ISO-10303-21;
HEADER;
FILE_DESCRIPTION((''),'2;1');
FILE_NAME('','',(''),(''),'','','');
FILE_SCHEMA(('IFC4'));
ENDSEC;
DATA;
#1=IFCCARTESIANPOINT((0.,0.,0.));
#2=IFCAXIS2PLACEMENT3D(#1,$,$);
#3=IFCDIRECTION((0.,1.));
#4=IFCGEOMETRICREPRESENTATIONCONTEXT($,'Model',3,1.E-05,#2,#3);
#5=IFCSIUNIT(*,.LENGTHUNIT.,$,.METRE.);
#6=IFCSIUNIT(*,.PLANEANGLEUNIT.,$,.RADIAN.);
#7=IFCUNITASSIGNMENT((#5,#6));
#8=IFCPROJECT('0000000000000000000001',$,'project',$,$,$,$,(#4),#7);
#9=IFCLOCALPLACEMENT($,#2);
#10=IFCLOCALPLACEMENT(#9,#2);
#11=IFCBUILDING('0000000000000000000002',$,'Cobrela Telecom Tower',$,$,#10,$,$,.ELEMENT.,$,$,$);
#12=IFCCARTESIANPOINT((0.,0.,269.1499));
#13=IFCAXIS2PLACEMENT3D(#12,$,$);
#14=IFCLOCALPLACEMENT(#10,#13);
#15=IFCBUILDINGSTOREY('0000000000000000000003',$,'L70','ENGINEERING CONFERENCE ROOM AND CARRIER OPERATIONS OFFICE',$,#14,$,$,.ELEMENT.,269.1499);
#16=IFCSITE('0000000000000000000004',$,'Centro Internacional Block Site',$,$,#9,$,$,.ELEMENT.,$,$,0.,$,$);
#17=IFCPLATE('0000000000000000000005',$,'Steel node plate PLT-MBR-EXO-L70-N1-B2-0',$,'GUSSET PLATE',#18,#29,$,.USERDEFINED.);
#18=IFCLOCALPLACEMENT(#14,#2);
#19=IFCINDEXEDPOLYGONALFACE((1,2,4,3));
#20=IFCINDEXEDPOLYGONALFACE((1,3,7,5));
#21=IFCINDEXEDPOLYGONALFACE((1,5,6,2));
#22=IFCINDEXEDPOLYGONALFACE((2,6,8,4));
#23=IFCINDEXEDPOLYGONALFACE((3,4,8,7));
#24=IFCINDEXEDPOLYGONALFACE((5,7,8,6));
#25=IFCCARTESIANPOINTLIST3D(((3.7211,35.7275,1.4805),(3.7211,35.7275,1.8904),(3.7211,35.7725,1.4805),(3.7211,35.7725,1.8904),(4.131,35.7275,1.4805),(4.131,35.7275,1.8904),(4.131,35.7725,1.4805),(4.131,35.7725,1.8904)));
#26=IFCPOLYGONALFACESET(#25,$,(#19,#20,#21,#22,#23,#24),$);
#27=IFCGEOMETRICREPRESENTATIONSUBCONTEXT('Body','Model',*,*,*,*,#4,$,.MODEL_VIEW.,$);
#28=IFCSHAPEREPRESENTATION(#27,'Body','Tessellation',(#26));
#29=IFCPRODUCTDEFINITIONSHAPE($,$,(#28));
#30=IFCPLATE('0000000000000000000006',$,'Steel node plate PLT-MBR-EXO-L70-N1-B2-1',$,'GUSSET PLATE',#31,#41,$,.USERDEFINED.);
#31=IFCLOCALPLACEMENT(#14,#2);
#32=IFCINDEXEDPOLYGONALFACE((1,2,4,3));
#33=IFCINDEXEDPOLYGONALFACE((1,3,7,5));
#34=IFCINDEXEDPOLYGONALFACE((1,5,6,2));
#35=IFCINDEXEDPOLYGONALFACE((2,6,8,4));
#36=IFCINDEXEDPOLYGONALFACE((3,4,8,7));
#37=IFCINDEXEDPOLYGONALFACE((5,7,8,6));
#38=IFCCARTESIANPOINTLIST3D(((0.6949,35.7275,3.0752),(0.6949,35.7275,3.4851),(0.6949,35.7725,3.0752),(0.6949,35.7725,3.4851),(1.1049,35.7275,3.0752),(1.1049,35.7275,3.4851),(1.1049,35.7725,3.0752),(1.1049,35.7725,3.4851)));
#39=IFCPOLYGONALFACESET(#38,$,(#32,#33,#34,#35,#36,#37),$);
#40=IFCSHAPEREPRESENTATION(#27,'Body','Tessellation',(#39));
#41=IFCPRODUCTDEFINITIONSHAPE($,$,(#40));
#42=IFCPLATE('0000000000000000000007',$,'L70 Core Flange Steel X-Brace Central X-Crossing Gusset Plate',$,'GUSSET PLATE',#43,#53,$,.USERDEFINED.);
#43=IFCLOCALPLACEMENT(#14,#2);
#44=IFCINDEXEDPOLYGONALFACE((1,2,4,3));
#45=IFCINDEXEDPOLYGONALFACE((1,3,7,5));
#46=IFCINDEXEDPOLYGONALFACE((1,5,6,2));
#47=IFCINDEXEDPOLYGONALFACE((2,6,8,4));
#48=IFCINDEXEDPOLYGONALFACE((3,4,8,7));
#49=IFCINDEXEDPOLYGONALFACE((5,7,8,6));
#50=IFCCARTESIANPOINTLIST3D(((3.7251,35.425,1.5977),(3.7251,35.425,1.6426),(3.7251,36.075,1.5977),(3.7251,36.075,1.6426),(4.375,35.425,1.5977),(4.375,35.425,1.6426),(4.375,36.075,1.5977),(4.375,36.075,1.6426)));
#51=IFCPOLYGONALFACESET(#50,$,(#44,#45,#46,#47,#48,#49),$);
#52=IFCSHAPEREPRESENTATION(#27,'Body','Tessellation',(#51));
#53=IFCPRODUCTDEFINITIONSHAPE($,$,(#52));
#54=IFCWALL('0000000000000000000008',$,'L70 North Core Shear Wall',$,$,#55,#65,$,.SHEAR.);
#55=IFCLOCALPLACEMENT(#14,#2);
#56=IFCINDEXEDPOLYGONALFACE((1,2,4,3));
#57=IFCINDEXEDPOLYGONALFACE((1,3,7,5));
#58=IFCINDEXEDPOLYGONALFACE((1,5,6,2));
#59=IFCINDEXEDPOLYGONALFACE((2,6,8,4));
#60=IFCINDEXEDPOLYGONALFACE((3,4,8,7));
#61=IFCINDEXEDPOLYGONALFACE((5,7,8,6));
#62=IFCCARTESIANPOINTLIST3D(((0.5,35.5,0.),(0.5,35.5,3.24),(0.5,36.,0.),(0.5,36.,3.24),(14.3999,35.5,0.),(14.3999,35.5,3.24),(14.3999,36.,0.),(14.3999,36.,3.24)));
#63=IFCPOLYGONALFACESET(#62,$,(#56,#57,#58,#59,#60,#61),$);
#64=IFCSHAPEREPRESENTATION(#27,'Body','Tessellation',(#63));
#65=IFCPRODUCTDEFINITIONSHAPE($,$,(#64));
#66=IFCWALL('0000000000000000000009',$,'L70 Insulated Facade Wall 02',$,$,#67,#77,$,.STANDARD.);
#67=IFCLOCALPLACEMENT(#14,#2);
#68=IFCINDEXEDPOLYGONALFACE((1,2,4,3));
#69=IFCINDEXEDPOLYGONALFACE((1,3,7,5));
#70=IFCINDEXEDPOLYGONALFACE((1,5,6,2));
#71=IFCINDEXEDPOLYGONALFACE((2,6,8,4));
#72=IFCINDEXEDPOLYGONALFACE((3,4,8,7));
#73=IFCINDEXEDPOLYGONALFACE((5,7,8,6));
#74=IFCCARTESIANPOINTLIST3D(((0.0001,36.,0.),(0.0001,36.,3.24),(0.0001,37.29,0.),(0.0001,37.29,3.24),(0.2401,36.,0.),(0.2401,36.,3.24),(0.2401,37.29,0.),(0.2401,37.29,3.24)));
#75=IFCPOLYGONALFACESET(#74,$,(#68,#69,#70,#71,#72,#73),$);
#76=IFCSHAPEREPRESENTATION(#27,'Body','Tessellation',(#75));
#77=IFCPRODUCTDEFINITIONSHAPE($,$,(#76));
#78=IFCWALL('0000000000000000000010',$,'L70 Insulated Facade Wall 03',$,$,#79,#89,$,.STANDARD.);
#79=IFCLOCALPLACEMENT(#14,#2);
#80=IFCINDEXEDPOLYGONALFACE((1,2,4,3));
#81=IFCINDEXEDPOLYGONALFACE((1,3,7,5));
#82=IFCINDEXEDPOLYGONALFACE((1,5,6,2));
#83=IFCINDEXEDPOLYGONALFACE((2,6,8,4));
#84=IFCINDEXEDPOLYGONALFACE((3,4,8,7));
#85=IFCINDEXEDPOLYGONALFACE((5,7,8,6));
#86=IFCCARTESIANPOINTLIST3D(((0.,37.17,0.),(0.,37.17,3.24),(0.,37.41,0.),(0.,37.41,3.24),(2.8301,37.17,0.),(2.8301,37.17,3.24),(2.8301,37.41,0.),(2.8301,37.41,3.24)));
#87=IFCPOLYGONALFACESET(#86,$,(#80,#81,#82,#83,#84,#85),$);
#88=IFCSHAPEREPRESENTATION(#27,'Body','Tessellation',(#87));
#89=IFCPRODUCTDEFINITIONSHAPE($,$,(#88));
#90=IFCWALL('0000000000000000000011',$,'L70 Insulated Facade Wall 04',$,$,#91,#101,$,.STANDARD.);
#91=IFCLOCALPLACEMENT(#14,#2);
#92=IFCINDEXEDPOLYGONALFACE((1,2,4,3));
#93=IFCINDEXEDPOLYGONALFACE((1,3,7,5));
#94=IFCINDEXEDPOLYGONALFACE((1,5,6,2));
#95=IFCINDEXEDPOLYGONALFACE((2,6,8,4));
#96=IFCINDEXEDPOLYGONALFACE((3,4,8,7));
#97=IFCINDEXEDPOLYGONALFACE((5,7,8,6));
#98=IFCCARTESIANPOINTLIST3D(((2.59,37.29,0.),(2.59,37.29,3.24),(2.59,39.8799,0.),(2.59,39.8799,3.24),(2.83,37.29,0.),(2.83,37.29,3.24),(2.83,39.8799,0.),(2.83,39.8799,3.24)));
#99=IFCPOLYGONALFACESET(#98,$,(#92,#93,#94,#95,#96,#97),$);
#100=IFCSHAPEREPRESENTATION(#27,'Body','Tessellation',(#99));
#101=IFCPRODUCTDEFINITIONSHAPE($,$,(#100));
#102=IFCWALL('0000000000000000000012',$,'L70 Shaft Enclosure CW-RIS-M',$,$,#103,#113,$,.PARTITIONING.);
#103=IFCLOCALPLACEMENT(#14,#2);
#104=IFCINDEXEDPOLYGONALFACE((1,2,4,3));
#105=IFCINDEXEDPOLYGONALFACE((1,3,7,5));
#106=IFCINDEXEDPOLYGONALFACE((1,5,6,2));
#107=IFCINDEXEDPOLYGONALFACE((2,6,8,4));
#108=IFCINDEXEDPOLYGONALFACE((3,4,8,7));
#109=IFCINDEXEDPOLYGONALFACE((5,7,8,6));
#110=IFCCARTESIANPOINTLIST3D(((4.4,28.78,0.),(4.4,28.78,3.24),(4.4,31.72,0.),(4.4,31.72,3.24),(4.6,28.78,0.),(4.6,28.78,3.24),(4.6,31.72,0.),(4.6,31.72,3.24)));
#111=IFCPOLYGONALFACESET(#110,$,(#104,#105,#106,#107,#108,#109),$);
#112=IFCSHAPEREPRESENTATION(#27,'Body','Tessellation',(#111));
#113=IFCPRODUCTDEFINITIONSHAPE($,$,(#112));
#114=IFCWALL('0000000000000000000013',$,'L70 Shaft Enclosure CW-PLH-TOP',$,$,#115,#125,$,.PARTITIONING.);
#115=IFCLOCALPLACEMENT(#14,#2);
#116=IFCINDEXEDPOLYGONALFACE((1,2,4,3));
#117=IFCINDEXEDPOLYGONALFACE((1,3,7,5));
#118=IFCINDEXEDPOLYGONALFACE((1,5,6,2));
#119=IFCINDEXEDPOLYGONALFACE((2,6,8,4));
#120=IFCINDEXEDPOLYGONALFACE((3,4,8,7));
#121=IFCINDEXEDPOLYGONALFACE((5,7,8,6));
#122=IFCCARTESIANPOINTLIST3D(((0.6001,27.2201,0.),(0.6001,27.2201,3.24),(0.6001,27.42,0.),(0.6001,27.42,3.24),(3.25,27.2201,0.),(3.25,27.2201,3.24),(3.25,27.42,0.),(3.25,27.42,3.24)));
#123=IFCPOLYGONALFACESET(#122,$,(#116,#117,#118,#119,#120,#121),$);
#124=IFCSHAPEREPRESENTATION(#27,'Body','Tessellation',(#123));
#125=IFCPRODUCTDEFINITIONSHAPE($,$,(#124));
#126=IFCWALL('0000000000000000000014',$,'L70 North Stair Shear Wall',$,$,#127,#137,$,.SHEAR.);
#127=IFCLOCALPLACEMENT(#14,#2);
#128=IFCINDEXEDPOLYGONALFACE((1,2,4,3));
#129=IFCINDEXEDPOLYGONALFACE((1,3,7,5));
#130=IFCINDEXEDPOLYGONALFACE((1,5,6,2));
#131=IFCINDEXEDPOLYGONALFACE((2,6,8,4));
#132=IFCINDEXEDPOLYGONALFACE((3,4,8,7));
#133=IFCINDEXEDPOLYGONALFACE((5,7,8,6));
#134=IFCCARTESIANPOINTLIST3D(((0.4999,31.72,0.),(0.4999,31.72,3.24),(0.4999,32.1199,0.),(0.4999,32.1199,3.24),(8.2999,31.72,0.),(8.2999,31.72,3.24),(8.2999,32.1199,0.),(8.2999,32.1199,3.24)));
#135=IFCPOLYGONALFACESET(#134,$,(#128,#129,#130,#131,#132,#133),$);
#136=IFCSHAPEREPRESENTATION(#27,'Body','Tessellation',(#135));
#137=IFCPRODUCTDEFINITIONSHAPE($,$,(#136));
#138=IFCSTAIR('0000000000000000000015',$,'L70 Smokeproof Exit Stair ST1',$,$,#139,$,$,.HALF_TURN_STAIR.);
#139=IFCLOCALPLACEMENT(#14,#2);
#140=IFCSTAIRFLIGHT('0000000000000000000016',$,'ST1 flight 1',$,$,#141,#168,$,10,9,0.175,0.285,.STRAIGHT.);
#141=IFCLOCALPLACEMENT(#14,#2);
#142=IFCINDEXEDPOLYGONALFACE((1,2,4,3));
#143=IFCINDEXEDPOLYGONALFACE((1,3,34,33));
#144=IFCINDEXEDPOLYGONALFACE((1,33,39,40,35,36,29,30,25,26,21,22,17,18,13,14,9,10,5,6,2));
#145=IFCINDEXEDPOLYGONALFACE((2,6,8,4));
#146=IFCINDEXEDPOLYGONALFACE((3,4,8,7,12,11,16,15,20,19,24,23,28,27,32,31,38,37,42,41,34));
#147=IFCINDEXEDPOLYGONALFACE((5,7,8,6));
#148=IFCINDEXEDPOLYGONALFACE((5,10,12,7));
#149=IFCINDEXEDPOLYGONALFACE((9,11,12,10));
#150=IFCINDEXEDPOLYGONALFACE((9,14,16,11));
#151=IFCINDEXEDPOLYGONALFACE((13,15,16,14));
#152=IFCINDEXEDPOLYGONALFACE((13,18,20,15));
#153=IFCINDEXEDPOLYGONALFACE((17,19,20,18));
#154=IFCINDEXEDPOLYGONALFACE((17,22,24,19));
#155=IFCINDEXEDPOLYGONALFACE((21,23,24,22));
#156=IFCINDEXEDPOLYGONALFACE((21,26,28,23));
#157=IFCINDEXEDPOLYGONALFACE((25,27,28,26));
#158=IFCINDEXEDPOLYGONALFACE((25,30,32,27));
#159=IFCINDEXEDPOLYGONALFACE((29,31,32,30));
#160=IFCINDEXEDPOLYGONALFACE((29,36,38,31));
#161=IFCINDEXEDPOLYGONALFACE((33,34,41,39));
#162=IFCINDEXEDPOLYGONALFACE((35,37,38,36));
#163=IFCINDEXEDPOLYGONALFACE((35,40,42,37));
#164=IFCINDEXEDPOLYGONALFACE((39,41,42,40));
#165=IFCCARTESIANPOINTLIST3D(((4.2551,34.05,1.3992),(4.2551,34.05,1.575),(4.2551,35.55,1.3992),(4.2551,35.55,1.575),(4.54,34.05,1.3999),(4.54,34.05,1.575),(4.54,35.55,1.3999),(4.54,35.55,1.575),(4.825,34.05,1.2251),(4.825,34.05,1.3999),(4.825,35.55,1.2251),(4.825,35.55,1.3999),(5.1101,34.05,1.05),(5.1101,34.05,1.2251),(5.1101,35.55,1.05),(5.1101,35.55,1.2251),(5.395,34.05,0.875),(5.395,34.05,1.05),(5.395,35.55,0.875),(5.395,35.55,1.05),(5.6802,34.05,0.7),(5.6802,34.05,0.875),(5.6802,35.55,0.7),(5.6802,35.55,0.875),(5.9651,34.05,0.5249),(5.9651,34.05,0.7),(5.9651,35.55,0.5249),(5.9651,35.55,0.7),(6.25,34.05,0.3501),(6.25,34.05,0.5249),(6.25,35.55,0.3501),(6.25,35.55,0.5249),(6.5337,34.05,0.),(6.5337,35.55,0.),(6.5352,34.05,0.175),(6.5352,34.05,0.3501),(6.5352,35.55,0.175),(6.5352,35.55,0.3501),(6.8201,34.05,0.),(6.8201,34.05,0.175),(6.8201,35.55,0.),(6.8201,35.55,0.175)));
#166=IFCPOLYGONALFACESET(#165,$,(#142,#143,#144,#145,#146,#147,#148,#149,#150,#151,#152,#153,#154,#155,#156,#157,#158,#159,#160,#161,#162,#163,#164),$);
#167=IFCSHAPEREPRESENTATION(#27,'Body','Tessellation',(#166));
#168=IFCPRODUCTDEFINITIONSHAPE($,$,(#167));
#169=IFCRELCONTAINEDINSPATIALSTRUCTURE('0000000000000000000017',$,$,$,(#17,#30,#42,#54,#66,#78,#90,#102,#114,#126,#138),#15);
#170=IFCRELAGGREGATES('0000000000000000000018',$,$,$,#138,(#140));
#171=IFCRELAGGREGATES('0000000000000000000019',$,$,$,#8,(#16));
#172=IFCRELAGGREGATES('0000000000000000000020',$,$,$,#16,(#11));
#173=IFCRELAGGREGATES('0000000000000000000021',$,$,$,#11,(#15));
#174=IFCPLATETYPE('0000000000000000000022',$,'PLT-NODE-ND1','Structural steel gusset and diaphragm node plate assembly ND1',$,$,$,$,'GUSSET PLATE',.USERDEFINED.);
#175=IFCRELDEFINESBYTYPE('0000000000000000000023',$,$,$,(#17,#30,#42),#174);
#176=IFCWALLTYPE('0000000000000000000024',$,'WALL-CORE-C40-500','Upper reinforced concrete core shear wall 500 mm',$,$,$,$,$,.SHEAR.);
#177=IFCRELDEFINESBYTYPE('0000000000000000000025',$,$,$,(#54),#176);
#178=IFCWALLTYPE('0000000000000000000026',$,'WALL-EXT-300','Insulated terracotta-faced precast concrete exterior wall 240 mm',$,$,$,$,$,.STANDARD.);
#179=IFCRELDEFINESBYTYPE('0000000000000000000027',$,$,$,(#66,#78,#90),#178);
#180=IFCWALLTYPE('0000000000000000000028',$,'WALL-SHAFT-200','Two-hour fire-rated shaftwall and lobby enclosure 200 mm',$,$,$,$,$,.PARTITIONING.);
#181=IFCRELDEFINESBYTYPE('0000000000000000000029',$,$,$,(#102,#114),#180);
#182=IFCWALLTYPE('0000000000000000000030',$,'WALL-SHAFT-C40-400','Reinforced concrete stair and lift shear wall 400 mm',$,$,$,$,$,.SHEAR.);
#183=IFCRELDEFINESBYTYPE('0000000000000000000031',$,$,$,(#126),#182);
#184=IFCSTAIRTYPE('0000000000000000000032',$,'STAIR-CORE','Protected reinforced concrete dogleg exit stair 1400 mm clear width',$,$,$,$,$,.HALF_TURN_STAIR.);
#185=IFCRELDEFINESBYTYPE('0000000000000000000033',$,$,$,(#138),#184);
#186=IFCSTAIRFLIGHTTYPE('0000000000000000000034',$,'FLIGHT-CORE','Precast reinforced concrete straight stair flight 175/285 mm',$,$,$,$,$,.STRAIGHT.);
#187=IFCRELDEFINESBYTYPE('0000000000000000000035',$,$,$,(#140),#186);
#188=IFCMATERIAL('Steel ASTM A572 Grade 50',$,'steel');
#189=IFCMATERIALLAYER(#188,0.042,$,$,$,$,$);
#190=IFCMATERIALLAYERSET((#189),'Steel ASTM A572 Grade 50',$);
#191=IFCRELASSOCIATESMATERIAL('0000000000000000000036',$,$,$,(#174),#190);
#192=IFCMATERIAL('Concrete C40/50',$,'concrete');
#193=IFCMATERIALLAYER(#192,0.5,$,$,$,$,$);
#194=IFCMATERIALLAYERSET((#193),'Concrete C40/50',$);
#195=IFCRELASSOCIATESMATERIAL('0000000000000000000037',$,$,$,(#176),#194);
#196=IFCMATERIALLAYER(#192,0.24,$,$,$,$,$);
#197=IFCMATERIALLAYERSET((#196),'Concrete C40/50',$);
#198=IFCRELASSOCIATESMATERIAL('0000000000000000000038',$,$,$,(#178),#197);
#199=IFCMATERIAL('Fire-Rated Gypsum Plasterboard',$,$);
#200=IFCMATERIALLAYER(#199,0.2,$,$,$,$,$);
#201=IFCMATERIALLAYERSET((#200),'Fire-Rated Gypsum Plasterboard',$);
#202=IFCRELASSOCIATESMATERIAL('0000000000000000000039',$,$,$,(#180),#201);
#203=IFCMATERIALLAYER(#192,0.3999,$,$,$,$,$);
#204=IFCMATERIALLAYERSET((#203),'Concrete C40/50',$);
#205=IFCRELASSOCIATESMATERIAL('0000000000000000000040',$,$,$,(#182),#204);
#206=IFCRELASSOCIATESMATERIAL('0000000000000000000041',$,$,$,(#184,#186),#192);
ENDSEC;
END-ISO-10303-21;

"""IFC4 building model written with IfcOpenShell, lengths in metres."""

from ifc_helpers import new_model, si_unit, direction, frame, frame_2d, origin, origin_2d, place, context, subcontext, project, spatial, polyline, rectangle, outline, extrude, material, layer, layer_set, type_object, element, aggregate, save


model = new_model("IFC4")

# Units and contexts
model_context = context("Model", 3, precision=1e-05, world=origin(), true_north=direction((0.0, 1.0)))
body_context = subcontext(model_context, "Body", "Model", "MODEL_VIEW")
ifc_project = project(units=[si_unit("LENGTHUNIT", "METRE"), si_unit("PLANEANGLEUNIT", "RADIAN")], contexts=[model_context])

# Site, building, storey
site_placement = place(None, origin())
site = spatial("IfcSite", under=ifc_project, at=site_placement, Name="Centro Internacional Block Site", CompositionType="ELEMENT", RefElevation=0.0)
building_placement = place(site_placement, origin())
building = spatial("IfcBuilding", under=site, at=building_placement, Name="Cobrela Telecom Tower", CompositionType="ELEMENT")
storey_placement = place(building_placement, frame((0.0, 0.0, 269.1499)))
storey = spatial("IfcBuildingStorey", under=building, at=storey_placement, Name="L70", Description="ENGINEERING CONFERENCE ROOM AND CARRIER OPERATIONS OFFICE", CompositionType="ELEMENT", Elevation=269.1499)

# Shared definitions
ifc_material_1 = material(Name="Steel ASTM A572 Grade 50", Category="steel")

# Plates
ifc_layer_1 = layer(ifc_material_1, 0.042)
ifc_layer_set_1 = layer_set([ifc_layer_1], Name="Steel ASTM A572 Grade 50")
plate_type_1 = type_object("IfcPlateType", Name="PLT-NODE-ND1", Description="Structural steel gusset and diaphragm node plate assembly ND1", ElementType="GUSSET PLATE", PredefinedType="USERDEFINED", material=ifc_layer_set_1)
for number, where, z_axis, x_axis, name in (
    (1, (3.926, 35.75, 1.4805), (0.0, 0.0, 1.0), (-1.0, 0.0, 0.0), "Steel node plate PLT-MBR-EXO-L70-N1-B2-0"),
    (2, (0.8999, 35.75, 3.0752), (0.0, 0.0, 1.0), (-1.0, 0.0, 0.0), "Steel node plate PLT-MBR-EXO-L70-N1-B2-1"),
):
    element("IfcPlate", number, at=place(storey_placement, frame(where, z_axis=z_axis, x_axis=x_axis)), inside=storey, type_object=plate_type_1, Name=name, ObjectType="GUSSET PLATE", PredefinedType="USERDEFINED", context=body_context, shape_type="SweptSolid", body=[
        extrude(rectangle(XDim=0.4099, YDim=0.0449, at=origin_2d()), origin(), (0.0, 0.0, 1.0), 0.4099),
    ])
plate_1_placement = place(storey_placement, frame((4.05, 35.75, 1.5977), z_axis=(0.0, 0.0, 1.0), x_axis=(1.0, 0.0, 0.0)))
element("IfcPlate", 3, at=plate_1_placement, inside=storey, type_object=plate_type_1, Name="L70 Core Flange Steel X-Brace Central X-Crossing Gusset Plate", ObjectType="GUSSET PLATE", PredefinedType="USERDEFINED", context=body_context, shape_type="SweptSolid", body=[
    extrude(rectangle(XDim=0.6499, YDim=0.6499, at=origin_2d()), origin(), (0.0, 0.0, 1.0), 0.0449),
])

# Walls
ifc_material_2 = material(Name="Concrete C40/50", Category="concrete")
ifc_layer_2 = layer(ifc_material_2, 0.5)
ifc_layer_set_2 = layer_set([ifc_layer_2], Name="Concrete C40/50")
wall_type_1 = type_object("IfcWallType", Name="WALL-CORE-C40-500", Description="Upper reinforced concrete core shear wall 500 mm", PredefinedType="SHEAR", material=ifc_layer_set_2)
wall_1_placement = place(storey_placement, frame((0.5, 35.75, 0.0), z_axis=(0.0, 0.0, 1.0), x_axis=(1.0, 0.0, 0.0)))
element("IfcWall", 4, at=wall_1_placement, inside=storey, type_object=wall_type_1, Name="L70 North Core Shear Wall", PredefinedType="SHEAR", context=body_context, shape_type="SweptSolid", body=[
    extrude(rectangle(XDim=13.8999, YDim=0.5, at=frame_2d((6.95, 0.0))), origin(), (0.0, 0.0, 1.0), 3.24),
])
ifc_layer_3 = layer(ifc_material_2, 0.24)
ifc_layer_set_3 = layer_set([ifc_layer_3], Name="Concrete C40/50")
wall_type_2 = type_object("IfcWallType", Name="WALL-EXT-300", Description="Insulated terracotta-faced precast concrete exterior wall 240 mm", PredefinedType="STANDARD", material=ifc_layer_set_3)
wall_2_placement = place(storey_placement, frame((0.1201, 36.0, 0.0), z_axis=(0.0, 0.0, 1.0), x_axis=(0.0, 1.0, 0.0)))
element("IfcWall", 5, at=wall_2_placement, inside=storey, type_object=wall_type_2, Name="L70 Insulated Facade Wall 02", PredefinedType="STANDARD", context=body_context, shape_type="SweptSolid", body=[
    extrude(rectangle(XDim=1.29, YDim=0.24, at=frame_2d((0.645, 0.0))), origin(), (0.0, 0.0, 1.0), 3.24),
])
wall_3_placement = place(storey_placement, frame((0.0, 37.29, 0.0), z_axis=(0.0, 0.0, 1.0), x_axis=(1.0, 0.0, 0.0)))
element("IfcWall", 6, at=wall_3_placement, inside=storey, type_object=wall_type_2, Name="L70 Insulated Facade Wall 03", PredefinedType="STANDARD", context=body_context, shape_type="SweptSolid", body=[
    extrude(rectangle(XDim=2.8301, YDim=0.24, at=frame_2d((1.415, 0.0))), origin(), (0.0, 0.0, 1.0), 3.24),
])
wall_4_placement = place(storey_placement, frame((2.71, 37.29, 0.0), z_axis=(0.0, 0.0, 1.0), x_axis=(0.0, 1.0, 0.0)))
element("IfcWall", 7, at=wall_4_placement, inside=storey, type_object=wall_type_2, Name="L70 Insulated Facade Wall 04", PredefinedType="STANDARD", context=body_context, shape_type="SweptSolid", body=[
    extrude(rectangle(XDim=2.5898, YDim=0.24, at=frame_2d((1.2949, 0.0))), origin(), (0.0, 0.0, 1.0), 3.24),
])

# Shared definitions
ifc_material_3 = material(Name="Fire-Rated Gypsum Plasterboard")
ifc_layer_4 = layer(ifc_material_3, 0.2)
ifc_layer_set_4 = layer_set([ifc_layer_4], Name="Fire-Rated Gypsum Plasterboard")
wall_type_3 = type_object("IfcWallType", Name="WALL-SHAFT-200", Description="Two-hour fire-rated shaftwall and lobby enclosure 200 mm", PredefinedType="PARTITIONING", material=ifc_layer_set_4)

# Walls
wall_5_placement = place(storey_placement, frame((4.5, 28.78, 0.0), z_axis=(0.0, 0.0, 1.0), x_axis=(0.0, 1.0, 0.0)))
element("IfcWall", 8, at=wall_5_placement, inside=storey, type_object=wall_type_3, Name="L70 Shaft Enclosure CW-RIS-M", PredefinedType="PARTITIONING", context=body_context, shape_type="SweptSolid", body=[
    extrude(rectangle(XDim=2.9399, YDim=0.2, at=frame_2d((1.47, 0.0))), origin(), (0.0, 0.0, 1.0), 3.24),
])
wall_6_placement = place(storey_placement, frame((0.6001, 27.3201, 0.0), z_axis=(0.0, 0.0, 1.0), x_axis=(1.0, 0.0, 0.0)))
element("IfcWall", 9, at=wall_6_placement, inside=storey, type_object=wall_type_3, Name="L70 Shaft Enclosure CW-PLH-TOP", PredefinedType="PARTITIONING", context=body_context, shape_type="SweptSolid", body=[
    extrude(rectangle(XDim=2.6499, YDim=0.2, at=frame_2d((1.325, 0.0))), origin(), (0.0, 0.0, 1.0), 3.24),
])
ifc_layer_5 = layer(ifc_material_2, 0.3999)
ifc_layer_set_5 = layer_set([ifc_layer_5], Name="Concrete C40/50")
wall_type_4 = type_object("IfcWallType", Name="WALL-SHAFT-C40-400", Description="Reinforced concrete stair and lift shear wall 400 mm", PredefinedType="SHEAR", material=ifc_layer_set_5)
wall_7_placement = place(storey_placement, frame((0.5, 31.9199, 0.0), z_axis=(0.0, 0.0, 1.0), x_axis=(1.0, 0.0, 0.0)))
element("IfcWall", 10, at=wall_7_placement, inside=storey, type_object=wall_type_4, Name="L70 North Stair Shear Wall", PredefinedType="SHEAR", context=body_context, shape_type="SweptSolid", body=[
    extrude(rectangle(XDim=7.8, YDim=0.3999, at=frame_2d((3.8999, 0.0))), origin(), (0.0, 0.0, 1.0), 3.24),
])

# Stair, stair flight
stair_type = type_object("IfcStairType", Name="STAIR-CORE", Description="Protected reinforced concrete dogleg exit stair 1400 mm clear width", PredefinedType="HALF_TURN_STAIR", material=ifc_material_2)
stair_placement = place(storey_placement, origin())
stair = element("IfcStair", 11, at=stair_placement, inside=storey, type_object=stair_type, Name="L70 Smokeproof Exit Stair ST1", PredefinedType="HALF_TURN_STAIR")
stair_flight_type = type_object("IfcStairFlightType", Name="FLIGHT-CORE", Description="Precast reinforced concrete straight stair flight 175/285 mm", PredefinedType="STRAIGHT", material=ifc_material_2)
stair_flight_1_placement = place(storey_placement, frame((6.8201, 34.8, 0.0), z_axis=(0.0, 0.0, 1.0), x_axis=(-1.0, 0.0, 0.0)))
stair_flight_1 = element("IfcStairFlight", 12, at=stair_flight_1_placement, type_object=stair_flight_type, Name="ST1 flight 1", NumberOfRisers=10, NumberOfTreads=9, PredefinedType="STRAIGHT", RiserHeight=0.175, TreadLength=0.285, context=body_context, shape_type="SweptSolid", body=[
    extrude(outline(polyline([(0.0, 0.0), (0.0, 0.175), (0.2849, 0.175), (0.2849, 0.3501), (0.5701, 0.3501), (0.5701, 0.5249), (0.855, 0.5249), (0.855, 0.7), (1.1399, 0.7), (1.1399, 0.875), (1.425, 0.875), (1.425, 1.05), (1.71, 1.05), (1.71, 1.2251), (1.9951, 1.2251), (1.9951, 1.3999), (2.28, 1.3999), (2.28, 1.575), (2.5649, 1.575), (2.5649, 1.75), (2.5649, 1.3992), (0.2864, 0.0), (0.0, 0.0)])), frame((0.0, 0.75, 0.0), z_axis=(0.0, -1.0, 0.0), x_axis=(1.0, 0.0, 0.0)), (0.0, 0.0, 1.0), 1.5),
])
aggregate(stair, [stair_flight_1])

save(model, "model.ifc")
